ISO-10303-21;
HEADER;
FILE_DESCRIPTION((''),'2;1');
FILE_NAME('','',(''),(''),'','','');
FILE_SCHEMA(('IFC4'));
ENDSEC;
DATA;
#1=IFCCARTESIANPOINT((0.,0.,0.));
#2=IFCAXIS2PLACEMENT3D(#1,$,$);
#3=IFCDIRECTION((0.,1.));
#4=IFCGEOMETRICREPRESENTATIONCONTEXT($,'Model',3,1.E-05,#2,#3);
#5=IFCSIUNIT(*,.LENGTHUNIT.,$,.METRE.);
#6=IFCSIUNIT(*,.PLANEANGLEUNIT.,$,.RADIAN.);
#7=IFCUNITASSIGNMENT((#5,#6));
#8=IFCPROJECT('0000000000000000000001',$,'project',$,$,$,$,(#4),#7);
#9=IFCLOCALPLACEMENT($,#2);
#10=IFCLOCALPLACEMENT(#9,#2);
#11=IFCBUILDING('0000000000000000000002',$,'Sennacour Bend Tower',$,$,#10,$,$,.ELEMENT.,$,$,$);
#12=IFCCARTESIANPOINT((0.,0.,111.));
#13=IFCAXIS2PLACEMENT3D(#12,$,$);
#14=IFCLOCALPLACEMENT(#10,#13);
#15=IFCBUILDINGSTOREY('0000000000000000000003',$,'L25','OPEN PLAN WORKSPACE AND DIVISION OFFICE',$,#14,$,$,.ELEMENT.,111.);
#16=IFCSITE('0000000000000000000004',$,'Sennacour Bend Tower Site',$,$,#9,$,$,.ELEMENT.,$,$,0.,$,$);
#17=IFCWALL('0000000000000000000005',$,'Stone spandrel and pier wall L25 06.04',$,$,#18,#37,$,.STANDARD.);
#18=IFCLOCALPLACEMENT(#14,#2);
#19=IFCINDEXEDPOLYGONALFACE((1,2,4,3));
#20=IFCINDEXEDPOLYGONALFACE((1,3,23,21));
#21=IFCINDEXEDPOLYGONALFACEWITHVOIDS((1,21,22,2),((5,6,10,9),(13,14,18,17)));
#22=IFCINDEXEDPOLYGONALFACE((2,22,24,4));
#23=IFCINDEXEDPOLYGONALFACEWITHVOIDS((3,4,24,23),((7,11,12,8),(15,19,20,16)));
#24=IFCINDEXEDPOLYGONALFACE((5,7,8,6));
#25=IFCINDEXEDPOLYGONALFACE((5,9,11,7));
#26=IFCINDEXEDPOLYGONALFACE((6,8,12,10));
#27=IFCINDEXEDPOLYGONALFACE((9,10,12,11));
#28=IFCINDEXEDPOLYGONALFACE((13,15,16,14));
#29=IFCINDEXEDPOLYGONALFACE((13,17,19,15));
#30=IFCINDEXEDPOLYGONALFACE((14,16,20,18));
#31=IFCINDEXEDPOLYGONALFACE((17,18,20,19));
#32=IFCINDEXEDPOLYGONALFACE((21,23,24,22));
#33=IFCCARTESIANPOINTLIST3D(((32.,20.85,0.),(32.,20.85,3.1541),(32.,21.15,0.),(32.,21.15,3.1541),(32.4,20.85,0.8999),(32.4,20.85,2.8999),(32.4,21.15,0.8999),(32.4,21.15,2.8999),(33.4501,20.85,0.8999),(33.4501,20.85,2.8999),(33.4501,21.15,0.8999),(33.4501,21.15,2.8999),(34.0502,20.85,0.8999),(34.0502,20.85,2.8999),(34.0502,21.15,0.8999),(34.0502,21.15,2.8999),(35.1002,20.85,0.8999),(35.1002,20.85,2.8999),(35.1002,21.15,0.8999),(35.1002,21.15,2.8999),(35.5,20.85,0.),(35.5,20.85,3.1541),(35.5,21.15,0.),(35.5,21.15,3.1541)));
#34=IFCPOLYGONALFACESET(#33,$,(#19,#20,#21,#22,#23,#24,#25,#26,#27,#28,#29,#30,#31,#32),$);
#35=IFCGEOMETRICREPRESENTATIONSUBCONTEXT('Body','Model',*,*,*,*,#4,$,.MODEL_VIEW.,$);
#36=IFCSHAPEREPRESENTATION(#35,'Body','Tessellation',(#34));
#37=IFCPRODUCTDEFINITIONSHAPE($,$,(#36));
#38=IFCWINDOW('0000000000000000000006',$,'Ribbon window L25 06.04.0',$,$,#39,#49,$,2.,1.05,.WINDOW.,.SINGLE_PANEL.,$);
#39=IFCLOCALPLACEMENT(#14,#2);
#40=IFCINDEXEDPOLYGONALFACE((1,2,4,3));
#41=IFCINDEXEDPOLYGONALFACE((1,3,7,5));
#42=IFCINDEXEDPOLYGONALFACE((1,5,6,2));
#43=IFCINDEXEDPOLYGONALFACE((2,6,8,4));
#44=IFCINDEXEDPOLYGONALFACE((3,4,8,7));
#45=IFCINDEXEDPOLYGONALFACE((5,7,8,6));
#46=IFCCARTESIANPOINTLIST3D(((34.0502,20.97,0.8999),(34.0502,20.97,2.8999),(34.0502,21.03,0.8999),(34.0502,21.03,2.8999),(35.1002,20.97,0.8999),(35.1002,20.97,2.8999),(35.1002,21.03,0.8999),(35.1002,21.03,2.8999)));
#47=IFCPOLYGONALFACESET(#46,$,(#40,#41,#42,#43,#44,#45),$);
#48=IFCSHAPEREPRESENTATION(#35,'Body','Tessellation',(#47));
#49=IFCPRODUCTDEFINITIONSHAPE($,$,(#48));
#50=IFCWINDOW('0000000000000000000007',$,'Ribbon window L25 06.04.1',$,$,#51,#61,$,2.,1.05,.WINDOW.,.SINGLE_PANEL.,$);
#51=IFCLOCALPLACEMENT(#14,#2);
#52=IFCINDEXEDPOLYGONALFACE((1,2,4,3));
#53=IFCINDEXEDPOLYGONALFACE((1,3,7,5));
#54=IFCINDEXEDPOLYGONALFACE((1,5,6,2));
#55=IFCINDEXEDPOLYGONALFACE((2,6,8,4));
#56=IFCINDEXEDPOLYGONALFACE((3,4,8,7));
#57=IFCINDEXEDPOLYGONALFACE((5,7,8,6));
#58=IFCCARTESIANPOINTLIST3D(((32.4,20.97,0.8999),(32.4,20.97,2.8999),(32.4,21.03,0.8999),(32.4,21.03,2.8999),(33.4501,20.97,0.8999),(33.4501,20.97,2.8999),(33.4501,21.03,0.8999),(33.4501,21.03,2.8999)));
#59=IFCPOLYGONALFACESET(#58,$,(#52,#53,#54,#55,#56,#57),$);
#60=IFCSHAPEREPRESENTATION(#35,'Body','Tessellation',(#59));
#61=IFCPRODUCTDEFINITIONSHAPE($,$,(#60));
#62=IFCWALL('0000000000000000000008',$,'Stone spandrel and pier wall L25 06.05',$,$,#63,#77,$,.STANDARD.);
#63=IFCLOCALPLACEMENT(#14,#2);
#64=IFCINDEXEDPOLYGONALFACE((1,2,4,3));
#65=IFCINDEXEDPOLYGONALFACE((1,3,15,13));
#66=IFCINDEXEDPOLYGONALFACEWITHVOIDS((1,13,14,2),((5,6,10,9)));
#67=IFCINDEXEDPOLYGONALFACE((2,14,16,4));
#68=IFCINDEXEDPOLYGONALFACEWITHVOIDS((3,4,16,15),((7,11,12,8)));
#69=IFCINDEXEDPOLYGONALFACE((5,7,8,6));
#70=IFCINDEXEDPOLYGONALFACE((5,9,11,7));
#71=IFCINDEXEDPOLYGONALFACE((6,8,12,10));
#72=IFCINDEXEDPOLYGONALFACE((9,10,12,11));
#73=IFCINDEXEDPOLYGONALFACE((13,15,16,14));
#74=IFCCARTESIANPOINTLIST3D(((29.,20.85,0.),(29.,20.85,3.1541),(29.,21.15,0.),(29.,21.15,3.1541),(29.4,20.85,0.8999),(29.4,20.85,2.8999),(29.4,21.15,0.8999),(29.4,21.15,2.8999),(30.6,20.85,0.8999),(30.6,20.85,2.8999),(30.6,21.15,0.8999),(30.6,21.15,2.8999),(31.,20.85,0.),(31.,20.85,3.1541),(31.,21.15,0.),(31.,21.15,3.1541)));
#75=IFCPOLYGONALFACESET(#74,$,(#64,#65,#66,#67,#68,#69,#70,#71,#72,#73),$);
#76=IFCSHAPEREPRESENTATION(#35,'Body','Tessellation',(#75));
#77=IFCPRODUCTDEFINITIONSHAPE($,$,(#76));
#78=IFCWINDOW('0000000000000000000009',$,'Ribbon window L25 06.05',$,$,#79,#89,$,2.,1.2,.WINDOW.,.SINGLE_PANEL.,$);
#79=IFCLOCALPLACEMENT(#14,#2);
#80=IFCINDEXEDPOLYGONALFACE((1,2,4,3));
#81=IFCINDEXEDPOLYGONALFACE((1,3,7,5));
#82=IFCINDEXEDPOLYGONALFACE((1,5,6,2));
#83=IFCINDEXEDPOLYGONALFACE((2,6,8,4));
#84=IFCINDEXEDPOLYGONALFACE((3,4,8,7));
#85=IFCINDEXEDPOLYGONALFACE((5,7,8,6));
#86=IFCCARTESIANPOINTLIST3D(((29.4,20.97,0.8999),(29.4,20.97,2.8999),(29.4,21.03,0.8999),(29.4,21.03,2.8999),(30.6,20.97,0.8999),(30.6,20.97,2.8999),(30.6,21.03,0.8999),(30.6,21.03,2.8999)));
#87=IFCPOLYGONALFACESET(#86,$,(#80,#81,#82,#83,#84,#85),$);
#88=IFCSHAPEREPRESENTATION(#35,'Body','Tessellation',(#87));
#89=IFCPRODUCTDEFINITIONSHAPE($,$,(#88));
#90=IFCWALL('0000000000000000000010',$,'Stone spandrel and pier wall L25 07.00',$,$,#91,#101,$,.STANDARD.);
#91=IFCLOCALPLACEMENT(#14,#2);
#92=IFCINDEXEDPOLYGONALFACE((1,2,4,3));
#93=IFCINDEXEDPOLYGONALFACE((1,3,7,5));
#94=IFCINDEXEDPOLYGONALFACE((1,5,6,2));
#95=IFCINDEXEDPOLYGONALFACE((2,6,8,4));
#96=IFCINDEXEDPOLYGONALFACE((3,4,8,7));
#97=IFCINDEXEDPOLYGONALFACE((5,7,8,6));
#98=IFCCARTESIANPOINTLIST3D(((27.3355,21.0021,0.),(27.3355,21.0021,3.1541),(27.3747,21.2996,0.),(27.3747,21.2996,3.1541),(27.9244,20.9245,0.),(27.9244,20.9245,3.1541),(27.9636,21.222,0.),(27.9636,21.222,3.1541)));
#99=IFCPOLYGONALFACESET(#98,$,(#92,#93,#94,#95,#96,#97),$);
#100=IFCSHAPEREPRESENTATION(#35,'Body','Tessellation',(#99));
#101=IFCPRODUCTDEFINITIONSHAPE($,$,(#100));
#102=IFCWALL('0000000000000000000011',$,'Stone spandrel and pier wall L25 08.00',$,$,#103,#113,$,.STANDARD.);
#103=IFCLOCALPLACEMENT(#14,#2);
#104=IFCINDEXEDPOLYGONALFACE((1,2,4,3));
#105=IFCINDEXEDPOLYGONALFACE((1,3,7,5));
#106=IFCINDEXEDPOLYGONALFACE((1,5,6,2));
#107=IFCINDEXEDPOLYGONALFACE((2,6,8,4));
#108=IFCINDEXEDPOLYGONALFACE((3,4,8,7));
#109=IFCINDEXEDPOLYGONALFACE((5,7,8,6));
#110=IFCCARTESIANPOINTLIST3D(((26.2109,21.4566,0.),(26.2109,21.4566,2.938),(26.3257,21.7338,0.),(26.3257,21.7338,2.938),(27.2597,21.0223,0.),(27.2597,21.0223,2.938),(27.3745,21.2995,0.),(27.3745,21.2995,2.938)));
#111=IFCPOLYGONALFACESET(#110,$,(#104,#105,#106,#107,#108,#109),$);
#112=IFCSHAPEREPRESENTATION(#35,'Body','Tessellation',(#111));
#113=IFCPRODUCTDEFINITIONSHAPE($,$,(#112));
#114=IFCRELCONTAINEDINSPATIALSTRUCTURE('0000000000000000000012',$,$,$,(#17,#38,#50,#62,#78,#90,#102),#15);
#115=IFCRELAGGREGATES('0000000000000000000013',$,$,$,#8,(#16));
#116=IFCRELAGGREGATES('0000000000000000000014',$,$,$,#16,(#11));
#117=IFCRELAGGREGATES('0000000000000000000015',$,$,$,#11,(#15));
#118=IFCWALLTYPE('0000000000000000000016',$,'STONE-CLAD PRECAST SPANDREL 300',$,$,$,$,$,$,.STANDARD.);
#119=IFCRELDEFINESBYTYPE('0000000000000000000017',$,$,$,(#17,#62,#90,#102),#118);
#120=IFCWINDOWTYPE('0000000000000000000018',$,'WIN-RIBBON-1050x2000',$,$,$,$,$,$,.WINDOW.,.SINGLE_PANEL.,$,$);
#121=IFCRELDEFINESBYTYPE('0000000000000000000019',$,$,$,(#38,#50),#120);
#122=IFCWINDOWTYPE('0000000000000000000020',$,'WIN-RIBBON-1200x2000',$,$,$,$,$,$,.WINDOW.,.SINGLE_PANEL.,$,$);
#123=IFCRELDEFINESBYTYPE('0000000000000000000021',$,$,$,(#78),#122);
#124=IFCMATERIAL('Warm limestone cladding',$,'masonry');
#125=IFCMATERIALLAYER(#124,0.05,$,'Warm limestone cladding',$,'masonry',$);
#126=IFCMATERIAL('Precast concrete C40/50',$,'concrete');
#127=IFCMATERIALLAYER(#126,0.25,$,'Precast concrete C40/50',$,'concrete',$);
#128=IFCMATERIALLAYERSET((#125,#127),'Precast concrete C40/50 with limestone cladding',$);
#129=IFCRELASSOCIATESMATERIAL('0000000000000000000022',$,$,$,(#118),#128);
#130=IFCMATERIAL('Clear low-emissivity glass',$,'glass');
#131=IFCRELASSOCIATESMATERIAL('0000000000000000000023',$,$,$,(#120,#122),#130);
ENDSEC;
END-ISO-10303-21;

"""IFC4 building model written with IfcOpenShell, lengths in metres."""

from ifc_helpers import new_model, si_unit, direction, frame, frame_2d, origin, place, context, subcontext, project, spatial, rectangle, extrude, material, layer, layer_set, type_object, element, fill, save


model = new_model("IFC4")

# Units and contexts
model_context = context("Model", 3, precision=1e-05, world=origin(), true_north=direction((0.0, 1.0)))
body_context = subcontext(model_context, "Body", "Model", "MODEL_VIEW")
ifc_project = project(units=[si_unit("LENGTHUNIT", "METRE"), si_unit("PLANEANGLEUNIT", "RADIAN")], contexts=[model_context])

# Site, building, storey
site_placement = place(None, origin())
site = spatial("IfcSite", under=ifc_project, at=site_placement, Name="Sennacour Bend Tower Site", CompositionType="ELEMENT", RefElevation=0.0)
building_placement = place(site_placement, origin())
building = spatial("IfcBuilding", under=site, at=building_placement, Name="Sennacour Bend Tower", CompositionType="ELEMENT")
storey_placement = place(building_placement, frame((0.0, 0.0, 111.0)))
storey = spatial("IfcBuildingStorey", under=building, at=storey_placement, Name="L25", Description="OPEN PLAN WORKSPACE AND DIVISION OFFICE", CompositionType="ELEMENT", Elevation=111.0)

# Wall, openings, windows
ifc_material_1 = material(Name="Warm limestone cladding", Category="masonry")
ifc_layer_1 = layer(ifc_material_1, 0.05, Name="Warm limestone cladding", Category="masonry")
ifc_material_2 = material(Name="Precast concrete C40/50", Category="concrete")
ifc_layer_2 = layer(ifc_material_2, 0.25, Name="Precast concrete C40/50", Category="concrete")
ifc_layer_set_1 = layer_set([ifc_layer_1, ifc_layer_2], Name="Precast concrete C40/50 with limestone cladding")
wall_type_1 = type_object("IfcWallType", Name="STONE-CLAD PRECAST SPANDREL 300", PredefinedType="STANDARD", material=ifc_layer_set_1)
wall_1_placement = place(storey_placement, frame((35.5, 21.0, 0.0), z_axis=(0.0, 0.0, 1.0), x_axis=(-1.0, 0.0, 0.0)))
wall_1 = element("IfcWall", 1, at=wall_1_placement, inside=storey, type_object=wall_type_1, Name="Stone spandrel and pier wall L25 06.04", PredefinedType="STANDARD", context=body_context, shape_type="SweptSolid", body=[
    extrude(rectangle(XDim=3.5, YDim=0.3, at=frame_2d((1.75, 0.0))), origin(), (0.0, 0.0, 1.0), 3.1541),
])
opening_1_placement = place(wall_1_placement, frame((0.3999, 0.0, 0.8999)))
opening_1 = element("IfcOpeningElement", 2, at=opening_1_placement, cuts=wall_1, PredefinedType="OPENING", context=body_context, shape_type="SweptSolid", body=[
    extrude(rectangle(XDim=1.05, YDim=2.0, at=frame_2d((0.5249, 1.0))), frame((0.0, 0.1602, 0.0), z_axis=(0.0, -1.0, 0.0), x_axis=(1.0, 0.0, 0.0)), (0.0, 0.0, 1.0), 0.3201),
])
opening_2_placement = place(wall_1_placement, frame((2.05, 0.0, 0.8999)))
opening_2 = element("IfcOpeningElement", 3, at=opening_2_placement, cuts=wall_1, PredefinedType="OPENING", context=body_context, shape_type="SweptSolid", body=[
    extrude(rectangle(XDim=1.05, YDim=2.0, at=frame_2d((0.5249, 1.0))), frame((0.0, 0.1602, 0.0), z_axis=(0.0, -1.0, 0.0), x_axis=(1.0, 0.0, 0.0)), (0.0, 0.0, 1.0), 0.3201),
])
ifc_material_3 = material(Name="Clear low-emissivity glass", Category="glass")
window_type_1 = type_object("IfcWindowType", Name="WIN-RIBBON-1050x2000", PartitioningType="SINGLE_PANEL", PredefinedType="WINDOW", material=ifc_material_3)
window_1_placement = place(opening_1_placement, origin())
window_1 = element("IfcWindow", 4, at=window_1_placement, inside=storey, type_object=window_type_1, Name="Ribbon window L25 06.04.0", OverallHeight=2.0, OverallWidth=1.05, PartitioningType="SINGLE_PANEL", PredefinedType="WINDOW", context=body_context, shape_type="SweptSolid", body=[
    extrude(rectangle(XDim=1.05, YDim=2.0, at=frame_2d((0.5249, 1.0))), frame((0.0, 0.03, 0.0), z_axis=(0.0, -1.0, 0.0), x_axis=(1.0, 0.0, 0.0)), (0.0, 0.0, 1.0), 0.0601),
])
fill(opening_1, window_1)
window_2_placement = place(opening_2_placement, origin())
window_2 = element("IfcWindow", 5, at=window_2_placement, inside=storey, type_object=window_type_1, Name="Ribbon window L25 06.04.1", OverallHeight=2.0, OverallWidth=1.05, PartitioningType="SINGLE_PANEL", PredefinedType="WINDOW", context=body_context, shape_type="SweptSolid", body=[
    extrude(rectangle(XDim=1.05, YDim=2.0, at=frame_2d((0.5249, 1.0))), frame((0.0, 0.03, 0.0), z_axis=(0.0, -1.0, 0.0), x_axis=(1.0, 0.0, 0.0)), (0.0, 0.0, 1.0), 0.0601),
])
fill(opening_2, window_2)

# Wall, opening, window
wall_2_placement = place(storey_placement, frame((31.0, 21.0, 0.0), z_axis=(0.0, 0.0, 1.0), x_axis=(-1.0, 0.0, 0.0)))
wall_2 = element("IfcWall", 6, at=wall_2_placement, inside=storey, type_object=wall_type_1, Name="Stone spandrel and pier wall L25 06.05", PredefinedType="STANDARD", context=body_context, shape_type="SweptSolid", body=[
    extrude(rectangle(XDim=2.0, YDim=0.3, at=frame_2d((1.0, 0.0))), origin(), (0.0, 0.0, 1.0), 3.1541),
])
opening_3_placement = place(wall_2_placement, frame((0.3999, 0.0, 0.8999)))
opening_3 = element("IfcOpeningElement", 7, at=opening_3_placement, cuts=wall_2, PredefinedType="OPENING", context=body_context, shape_type="SweptSolid", body=[
    extrude(rectangle(XDim=1.2, YDim=2.0, at=frame_2d((0.6001, 1.0))), frame((0.0, 0.1602, 0.0), z_axis=(0.0, -1.0, 0.0), x_axis=(1.0, 0.0, 0.0)), (0.0, 0.0, 1.0), 0.3201),
])
window_type_2 = type_object("IfcWindowType", Name="WIN-RIBBON-1200x2000", PartitioningType="SINGLE_PANEL", PredefinedType="WINDOW", material=ifc_material_3)
window_3_placement = place(opening_3_placement, origin())
window_3 = element("IfcWindow", 8, at=window_3_placement, inside=storey, type_object=window_type_2, Name="Ribbon window L25 06.05", OverallHeight=2.0, OverallWidth=1.2, PartitioningType="SINGLE_PANEL", PredefinedType="WINDOW", context=body_context, shape_type="SweptSolid", body=[
    extrude(rectangle(XDim=1.2, YDim=2.0, at=frame_2d((0.6001, 1.0))), frame((0.0, 0.03, 0.0), z_axis=(0.0, -1.0, 0.0), x_axis=(1.0, 0.0, 0.0)), (0.0, 0.0, 1.0), 0.0601),
])
fill(opening_3, window_3)

# Walls
wall_3_placement = place(storey_placement, frame((27.9438, 21.0732, 0.0), z_axis=(0.0, 0.0, 1.0), x_axis=(-0.991421, 0.13071, 0.0)))
element("IfcWall", 9, at=wall_3_placement, inside=storey, type_object=wall_type_1, Name="Stone spandrel and pier wall L25 07.00", PredefinedType="STANDARD", context=body_context, shape_type="SweptSolid", body=[
    extrude(rectangle(XDim=0.594, YDim=0.3, at=frame_2d((0.2969, 0.0))), origin(), (0.0, 0.0, 1.0), 3.1541),
])
wall_4_placement = place(storey_placement, frame((27.3171, 21.1609, 0.0), z_axis=(0.0, 0.0, 1.0), x_axis=(-0.923915, 0.382599, 0.0)))
element("IfcWall", 10, at=wall_4_placement, inside=storey, type_object=wall_type_1, Name="Stone spandrel and pier wall L25 08.00", PredefinedType="STANDARD", context=body_context, shape_type="SweptSolid", body=[
    extrude(rectangle(XDim=1.1353, YDim=0.3, at=frame_2d((0.5676, 0.0))), origin(), (0.0, 0.0, 1.0), 2.938),
])

save(model, "model.ifc")
